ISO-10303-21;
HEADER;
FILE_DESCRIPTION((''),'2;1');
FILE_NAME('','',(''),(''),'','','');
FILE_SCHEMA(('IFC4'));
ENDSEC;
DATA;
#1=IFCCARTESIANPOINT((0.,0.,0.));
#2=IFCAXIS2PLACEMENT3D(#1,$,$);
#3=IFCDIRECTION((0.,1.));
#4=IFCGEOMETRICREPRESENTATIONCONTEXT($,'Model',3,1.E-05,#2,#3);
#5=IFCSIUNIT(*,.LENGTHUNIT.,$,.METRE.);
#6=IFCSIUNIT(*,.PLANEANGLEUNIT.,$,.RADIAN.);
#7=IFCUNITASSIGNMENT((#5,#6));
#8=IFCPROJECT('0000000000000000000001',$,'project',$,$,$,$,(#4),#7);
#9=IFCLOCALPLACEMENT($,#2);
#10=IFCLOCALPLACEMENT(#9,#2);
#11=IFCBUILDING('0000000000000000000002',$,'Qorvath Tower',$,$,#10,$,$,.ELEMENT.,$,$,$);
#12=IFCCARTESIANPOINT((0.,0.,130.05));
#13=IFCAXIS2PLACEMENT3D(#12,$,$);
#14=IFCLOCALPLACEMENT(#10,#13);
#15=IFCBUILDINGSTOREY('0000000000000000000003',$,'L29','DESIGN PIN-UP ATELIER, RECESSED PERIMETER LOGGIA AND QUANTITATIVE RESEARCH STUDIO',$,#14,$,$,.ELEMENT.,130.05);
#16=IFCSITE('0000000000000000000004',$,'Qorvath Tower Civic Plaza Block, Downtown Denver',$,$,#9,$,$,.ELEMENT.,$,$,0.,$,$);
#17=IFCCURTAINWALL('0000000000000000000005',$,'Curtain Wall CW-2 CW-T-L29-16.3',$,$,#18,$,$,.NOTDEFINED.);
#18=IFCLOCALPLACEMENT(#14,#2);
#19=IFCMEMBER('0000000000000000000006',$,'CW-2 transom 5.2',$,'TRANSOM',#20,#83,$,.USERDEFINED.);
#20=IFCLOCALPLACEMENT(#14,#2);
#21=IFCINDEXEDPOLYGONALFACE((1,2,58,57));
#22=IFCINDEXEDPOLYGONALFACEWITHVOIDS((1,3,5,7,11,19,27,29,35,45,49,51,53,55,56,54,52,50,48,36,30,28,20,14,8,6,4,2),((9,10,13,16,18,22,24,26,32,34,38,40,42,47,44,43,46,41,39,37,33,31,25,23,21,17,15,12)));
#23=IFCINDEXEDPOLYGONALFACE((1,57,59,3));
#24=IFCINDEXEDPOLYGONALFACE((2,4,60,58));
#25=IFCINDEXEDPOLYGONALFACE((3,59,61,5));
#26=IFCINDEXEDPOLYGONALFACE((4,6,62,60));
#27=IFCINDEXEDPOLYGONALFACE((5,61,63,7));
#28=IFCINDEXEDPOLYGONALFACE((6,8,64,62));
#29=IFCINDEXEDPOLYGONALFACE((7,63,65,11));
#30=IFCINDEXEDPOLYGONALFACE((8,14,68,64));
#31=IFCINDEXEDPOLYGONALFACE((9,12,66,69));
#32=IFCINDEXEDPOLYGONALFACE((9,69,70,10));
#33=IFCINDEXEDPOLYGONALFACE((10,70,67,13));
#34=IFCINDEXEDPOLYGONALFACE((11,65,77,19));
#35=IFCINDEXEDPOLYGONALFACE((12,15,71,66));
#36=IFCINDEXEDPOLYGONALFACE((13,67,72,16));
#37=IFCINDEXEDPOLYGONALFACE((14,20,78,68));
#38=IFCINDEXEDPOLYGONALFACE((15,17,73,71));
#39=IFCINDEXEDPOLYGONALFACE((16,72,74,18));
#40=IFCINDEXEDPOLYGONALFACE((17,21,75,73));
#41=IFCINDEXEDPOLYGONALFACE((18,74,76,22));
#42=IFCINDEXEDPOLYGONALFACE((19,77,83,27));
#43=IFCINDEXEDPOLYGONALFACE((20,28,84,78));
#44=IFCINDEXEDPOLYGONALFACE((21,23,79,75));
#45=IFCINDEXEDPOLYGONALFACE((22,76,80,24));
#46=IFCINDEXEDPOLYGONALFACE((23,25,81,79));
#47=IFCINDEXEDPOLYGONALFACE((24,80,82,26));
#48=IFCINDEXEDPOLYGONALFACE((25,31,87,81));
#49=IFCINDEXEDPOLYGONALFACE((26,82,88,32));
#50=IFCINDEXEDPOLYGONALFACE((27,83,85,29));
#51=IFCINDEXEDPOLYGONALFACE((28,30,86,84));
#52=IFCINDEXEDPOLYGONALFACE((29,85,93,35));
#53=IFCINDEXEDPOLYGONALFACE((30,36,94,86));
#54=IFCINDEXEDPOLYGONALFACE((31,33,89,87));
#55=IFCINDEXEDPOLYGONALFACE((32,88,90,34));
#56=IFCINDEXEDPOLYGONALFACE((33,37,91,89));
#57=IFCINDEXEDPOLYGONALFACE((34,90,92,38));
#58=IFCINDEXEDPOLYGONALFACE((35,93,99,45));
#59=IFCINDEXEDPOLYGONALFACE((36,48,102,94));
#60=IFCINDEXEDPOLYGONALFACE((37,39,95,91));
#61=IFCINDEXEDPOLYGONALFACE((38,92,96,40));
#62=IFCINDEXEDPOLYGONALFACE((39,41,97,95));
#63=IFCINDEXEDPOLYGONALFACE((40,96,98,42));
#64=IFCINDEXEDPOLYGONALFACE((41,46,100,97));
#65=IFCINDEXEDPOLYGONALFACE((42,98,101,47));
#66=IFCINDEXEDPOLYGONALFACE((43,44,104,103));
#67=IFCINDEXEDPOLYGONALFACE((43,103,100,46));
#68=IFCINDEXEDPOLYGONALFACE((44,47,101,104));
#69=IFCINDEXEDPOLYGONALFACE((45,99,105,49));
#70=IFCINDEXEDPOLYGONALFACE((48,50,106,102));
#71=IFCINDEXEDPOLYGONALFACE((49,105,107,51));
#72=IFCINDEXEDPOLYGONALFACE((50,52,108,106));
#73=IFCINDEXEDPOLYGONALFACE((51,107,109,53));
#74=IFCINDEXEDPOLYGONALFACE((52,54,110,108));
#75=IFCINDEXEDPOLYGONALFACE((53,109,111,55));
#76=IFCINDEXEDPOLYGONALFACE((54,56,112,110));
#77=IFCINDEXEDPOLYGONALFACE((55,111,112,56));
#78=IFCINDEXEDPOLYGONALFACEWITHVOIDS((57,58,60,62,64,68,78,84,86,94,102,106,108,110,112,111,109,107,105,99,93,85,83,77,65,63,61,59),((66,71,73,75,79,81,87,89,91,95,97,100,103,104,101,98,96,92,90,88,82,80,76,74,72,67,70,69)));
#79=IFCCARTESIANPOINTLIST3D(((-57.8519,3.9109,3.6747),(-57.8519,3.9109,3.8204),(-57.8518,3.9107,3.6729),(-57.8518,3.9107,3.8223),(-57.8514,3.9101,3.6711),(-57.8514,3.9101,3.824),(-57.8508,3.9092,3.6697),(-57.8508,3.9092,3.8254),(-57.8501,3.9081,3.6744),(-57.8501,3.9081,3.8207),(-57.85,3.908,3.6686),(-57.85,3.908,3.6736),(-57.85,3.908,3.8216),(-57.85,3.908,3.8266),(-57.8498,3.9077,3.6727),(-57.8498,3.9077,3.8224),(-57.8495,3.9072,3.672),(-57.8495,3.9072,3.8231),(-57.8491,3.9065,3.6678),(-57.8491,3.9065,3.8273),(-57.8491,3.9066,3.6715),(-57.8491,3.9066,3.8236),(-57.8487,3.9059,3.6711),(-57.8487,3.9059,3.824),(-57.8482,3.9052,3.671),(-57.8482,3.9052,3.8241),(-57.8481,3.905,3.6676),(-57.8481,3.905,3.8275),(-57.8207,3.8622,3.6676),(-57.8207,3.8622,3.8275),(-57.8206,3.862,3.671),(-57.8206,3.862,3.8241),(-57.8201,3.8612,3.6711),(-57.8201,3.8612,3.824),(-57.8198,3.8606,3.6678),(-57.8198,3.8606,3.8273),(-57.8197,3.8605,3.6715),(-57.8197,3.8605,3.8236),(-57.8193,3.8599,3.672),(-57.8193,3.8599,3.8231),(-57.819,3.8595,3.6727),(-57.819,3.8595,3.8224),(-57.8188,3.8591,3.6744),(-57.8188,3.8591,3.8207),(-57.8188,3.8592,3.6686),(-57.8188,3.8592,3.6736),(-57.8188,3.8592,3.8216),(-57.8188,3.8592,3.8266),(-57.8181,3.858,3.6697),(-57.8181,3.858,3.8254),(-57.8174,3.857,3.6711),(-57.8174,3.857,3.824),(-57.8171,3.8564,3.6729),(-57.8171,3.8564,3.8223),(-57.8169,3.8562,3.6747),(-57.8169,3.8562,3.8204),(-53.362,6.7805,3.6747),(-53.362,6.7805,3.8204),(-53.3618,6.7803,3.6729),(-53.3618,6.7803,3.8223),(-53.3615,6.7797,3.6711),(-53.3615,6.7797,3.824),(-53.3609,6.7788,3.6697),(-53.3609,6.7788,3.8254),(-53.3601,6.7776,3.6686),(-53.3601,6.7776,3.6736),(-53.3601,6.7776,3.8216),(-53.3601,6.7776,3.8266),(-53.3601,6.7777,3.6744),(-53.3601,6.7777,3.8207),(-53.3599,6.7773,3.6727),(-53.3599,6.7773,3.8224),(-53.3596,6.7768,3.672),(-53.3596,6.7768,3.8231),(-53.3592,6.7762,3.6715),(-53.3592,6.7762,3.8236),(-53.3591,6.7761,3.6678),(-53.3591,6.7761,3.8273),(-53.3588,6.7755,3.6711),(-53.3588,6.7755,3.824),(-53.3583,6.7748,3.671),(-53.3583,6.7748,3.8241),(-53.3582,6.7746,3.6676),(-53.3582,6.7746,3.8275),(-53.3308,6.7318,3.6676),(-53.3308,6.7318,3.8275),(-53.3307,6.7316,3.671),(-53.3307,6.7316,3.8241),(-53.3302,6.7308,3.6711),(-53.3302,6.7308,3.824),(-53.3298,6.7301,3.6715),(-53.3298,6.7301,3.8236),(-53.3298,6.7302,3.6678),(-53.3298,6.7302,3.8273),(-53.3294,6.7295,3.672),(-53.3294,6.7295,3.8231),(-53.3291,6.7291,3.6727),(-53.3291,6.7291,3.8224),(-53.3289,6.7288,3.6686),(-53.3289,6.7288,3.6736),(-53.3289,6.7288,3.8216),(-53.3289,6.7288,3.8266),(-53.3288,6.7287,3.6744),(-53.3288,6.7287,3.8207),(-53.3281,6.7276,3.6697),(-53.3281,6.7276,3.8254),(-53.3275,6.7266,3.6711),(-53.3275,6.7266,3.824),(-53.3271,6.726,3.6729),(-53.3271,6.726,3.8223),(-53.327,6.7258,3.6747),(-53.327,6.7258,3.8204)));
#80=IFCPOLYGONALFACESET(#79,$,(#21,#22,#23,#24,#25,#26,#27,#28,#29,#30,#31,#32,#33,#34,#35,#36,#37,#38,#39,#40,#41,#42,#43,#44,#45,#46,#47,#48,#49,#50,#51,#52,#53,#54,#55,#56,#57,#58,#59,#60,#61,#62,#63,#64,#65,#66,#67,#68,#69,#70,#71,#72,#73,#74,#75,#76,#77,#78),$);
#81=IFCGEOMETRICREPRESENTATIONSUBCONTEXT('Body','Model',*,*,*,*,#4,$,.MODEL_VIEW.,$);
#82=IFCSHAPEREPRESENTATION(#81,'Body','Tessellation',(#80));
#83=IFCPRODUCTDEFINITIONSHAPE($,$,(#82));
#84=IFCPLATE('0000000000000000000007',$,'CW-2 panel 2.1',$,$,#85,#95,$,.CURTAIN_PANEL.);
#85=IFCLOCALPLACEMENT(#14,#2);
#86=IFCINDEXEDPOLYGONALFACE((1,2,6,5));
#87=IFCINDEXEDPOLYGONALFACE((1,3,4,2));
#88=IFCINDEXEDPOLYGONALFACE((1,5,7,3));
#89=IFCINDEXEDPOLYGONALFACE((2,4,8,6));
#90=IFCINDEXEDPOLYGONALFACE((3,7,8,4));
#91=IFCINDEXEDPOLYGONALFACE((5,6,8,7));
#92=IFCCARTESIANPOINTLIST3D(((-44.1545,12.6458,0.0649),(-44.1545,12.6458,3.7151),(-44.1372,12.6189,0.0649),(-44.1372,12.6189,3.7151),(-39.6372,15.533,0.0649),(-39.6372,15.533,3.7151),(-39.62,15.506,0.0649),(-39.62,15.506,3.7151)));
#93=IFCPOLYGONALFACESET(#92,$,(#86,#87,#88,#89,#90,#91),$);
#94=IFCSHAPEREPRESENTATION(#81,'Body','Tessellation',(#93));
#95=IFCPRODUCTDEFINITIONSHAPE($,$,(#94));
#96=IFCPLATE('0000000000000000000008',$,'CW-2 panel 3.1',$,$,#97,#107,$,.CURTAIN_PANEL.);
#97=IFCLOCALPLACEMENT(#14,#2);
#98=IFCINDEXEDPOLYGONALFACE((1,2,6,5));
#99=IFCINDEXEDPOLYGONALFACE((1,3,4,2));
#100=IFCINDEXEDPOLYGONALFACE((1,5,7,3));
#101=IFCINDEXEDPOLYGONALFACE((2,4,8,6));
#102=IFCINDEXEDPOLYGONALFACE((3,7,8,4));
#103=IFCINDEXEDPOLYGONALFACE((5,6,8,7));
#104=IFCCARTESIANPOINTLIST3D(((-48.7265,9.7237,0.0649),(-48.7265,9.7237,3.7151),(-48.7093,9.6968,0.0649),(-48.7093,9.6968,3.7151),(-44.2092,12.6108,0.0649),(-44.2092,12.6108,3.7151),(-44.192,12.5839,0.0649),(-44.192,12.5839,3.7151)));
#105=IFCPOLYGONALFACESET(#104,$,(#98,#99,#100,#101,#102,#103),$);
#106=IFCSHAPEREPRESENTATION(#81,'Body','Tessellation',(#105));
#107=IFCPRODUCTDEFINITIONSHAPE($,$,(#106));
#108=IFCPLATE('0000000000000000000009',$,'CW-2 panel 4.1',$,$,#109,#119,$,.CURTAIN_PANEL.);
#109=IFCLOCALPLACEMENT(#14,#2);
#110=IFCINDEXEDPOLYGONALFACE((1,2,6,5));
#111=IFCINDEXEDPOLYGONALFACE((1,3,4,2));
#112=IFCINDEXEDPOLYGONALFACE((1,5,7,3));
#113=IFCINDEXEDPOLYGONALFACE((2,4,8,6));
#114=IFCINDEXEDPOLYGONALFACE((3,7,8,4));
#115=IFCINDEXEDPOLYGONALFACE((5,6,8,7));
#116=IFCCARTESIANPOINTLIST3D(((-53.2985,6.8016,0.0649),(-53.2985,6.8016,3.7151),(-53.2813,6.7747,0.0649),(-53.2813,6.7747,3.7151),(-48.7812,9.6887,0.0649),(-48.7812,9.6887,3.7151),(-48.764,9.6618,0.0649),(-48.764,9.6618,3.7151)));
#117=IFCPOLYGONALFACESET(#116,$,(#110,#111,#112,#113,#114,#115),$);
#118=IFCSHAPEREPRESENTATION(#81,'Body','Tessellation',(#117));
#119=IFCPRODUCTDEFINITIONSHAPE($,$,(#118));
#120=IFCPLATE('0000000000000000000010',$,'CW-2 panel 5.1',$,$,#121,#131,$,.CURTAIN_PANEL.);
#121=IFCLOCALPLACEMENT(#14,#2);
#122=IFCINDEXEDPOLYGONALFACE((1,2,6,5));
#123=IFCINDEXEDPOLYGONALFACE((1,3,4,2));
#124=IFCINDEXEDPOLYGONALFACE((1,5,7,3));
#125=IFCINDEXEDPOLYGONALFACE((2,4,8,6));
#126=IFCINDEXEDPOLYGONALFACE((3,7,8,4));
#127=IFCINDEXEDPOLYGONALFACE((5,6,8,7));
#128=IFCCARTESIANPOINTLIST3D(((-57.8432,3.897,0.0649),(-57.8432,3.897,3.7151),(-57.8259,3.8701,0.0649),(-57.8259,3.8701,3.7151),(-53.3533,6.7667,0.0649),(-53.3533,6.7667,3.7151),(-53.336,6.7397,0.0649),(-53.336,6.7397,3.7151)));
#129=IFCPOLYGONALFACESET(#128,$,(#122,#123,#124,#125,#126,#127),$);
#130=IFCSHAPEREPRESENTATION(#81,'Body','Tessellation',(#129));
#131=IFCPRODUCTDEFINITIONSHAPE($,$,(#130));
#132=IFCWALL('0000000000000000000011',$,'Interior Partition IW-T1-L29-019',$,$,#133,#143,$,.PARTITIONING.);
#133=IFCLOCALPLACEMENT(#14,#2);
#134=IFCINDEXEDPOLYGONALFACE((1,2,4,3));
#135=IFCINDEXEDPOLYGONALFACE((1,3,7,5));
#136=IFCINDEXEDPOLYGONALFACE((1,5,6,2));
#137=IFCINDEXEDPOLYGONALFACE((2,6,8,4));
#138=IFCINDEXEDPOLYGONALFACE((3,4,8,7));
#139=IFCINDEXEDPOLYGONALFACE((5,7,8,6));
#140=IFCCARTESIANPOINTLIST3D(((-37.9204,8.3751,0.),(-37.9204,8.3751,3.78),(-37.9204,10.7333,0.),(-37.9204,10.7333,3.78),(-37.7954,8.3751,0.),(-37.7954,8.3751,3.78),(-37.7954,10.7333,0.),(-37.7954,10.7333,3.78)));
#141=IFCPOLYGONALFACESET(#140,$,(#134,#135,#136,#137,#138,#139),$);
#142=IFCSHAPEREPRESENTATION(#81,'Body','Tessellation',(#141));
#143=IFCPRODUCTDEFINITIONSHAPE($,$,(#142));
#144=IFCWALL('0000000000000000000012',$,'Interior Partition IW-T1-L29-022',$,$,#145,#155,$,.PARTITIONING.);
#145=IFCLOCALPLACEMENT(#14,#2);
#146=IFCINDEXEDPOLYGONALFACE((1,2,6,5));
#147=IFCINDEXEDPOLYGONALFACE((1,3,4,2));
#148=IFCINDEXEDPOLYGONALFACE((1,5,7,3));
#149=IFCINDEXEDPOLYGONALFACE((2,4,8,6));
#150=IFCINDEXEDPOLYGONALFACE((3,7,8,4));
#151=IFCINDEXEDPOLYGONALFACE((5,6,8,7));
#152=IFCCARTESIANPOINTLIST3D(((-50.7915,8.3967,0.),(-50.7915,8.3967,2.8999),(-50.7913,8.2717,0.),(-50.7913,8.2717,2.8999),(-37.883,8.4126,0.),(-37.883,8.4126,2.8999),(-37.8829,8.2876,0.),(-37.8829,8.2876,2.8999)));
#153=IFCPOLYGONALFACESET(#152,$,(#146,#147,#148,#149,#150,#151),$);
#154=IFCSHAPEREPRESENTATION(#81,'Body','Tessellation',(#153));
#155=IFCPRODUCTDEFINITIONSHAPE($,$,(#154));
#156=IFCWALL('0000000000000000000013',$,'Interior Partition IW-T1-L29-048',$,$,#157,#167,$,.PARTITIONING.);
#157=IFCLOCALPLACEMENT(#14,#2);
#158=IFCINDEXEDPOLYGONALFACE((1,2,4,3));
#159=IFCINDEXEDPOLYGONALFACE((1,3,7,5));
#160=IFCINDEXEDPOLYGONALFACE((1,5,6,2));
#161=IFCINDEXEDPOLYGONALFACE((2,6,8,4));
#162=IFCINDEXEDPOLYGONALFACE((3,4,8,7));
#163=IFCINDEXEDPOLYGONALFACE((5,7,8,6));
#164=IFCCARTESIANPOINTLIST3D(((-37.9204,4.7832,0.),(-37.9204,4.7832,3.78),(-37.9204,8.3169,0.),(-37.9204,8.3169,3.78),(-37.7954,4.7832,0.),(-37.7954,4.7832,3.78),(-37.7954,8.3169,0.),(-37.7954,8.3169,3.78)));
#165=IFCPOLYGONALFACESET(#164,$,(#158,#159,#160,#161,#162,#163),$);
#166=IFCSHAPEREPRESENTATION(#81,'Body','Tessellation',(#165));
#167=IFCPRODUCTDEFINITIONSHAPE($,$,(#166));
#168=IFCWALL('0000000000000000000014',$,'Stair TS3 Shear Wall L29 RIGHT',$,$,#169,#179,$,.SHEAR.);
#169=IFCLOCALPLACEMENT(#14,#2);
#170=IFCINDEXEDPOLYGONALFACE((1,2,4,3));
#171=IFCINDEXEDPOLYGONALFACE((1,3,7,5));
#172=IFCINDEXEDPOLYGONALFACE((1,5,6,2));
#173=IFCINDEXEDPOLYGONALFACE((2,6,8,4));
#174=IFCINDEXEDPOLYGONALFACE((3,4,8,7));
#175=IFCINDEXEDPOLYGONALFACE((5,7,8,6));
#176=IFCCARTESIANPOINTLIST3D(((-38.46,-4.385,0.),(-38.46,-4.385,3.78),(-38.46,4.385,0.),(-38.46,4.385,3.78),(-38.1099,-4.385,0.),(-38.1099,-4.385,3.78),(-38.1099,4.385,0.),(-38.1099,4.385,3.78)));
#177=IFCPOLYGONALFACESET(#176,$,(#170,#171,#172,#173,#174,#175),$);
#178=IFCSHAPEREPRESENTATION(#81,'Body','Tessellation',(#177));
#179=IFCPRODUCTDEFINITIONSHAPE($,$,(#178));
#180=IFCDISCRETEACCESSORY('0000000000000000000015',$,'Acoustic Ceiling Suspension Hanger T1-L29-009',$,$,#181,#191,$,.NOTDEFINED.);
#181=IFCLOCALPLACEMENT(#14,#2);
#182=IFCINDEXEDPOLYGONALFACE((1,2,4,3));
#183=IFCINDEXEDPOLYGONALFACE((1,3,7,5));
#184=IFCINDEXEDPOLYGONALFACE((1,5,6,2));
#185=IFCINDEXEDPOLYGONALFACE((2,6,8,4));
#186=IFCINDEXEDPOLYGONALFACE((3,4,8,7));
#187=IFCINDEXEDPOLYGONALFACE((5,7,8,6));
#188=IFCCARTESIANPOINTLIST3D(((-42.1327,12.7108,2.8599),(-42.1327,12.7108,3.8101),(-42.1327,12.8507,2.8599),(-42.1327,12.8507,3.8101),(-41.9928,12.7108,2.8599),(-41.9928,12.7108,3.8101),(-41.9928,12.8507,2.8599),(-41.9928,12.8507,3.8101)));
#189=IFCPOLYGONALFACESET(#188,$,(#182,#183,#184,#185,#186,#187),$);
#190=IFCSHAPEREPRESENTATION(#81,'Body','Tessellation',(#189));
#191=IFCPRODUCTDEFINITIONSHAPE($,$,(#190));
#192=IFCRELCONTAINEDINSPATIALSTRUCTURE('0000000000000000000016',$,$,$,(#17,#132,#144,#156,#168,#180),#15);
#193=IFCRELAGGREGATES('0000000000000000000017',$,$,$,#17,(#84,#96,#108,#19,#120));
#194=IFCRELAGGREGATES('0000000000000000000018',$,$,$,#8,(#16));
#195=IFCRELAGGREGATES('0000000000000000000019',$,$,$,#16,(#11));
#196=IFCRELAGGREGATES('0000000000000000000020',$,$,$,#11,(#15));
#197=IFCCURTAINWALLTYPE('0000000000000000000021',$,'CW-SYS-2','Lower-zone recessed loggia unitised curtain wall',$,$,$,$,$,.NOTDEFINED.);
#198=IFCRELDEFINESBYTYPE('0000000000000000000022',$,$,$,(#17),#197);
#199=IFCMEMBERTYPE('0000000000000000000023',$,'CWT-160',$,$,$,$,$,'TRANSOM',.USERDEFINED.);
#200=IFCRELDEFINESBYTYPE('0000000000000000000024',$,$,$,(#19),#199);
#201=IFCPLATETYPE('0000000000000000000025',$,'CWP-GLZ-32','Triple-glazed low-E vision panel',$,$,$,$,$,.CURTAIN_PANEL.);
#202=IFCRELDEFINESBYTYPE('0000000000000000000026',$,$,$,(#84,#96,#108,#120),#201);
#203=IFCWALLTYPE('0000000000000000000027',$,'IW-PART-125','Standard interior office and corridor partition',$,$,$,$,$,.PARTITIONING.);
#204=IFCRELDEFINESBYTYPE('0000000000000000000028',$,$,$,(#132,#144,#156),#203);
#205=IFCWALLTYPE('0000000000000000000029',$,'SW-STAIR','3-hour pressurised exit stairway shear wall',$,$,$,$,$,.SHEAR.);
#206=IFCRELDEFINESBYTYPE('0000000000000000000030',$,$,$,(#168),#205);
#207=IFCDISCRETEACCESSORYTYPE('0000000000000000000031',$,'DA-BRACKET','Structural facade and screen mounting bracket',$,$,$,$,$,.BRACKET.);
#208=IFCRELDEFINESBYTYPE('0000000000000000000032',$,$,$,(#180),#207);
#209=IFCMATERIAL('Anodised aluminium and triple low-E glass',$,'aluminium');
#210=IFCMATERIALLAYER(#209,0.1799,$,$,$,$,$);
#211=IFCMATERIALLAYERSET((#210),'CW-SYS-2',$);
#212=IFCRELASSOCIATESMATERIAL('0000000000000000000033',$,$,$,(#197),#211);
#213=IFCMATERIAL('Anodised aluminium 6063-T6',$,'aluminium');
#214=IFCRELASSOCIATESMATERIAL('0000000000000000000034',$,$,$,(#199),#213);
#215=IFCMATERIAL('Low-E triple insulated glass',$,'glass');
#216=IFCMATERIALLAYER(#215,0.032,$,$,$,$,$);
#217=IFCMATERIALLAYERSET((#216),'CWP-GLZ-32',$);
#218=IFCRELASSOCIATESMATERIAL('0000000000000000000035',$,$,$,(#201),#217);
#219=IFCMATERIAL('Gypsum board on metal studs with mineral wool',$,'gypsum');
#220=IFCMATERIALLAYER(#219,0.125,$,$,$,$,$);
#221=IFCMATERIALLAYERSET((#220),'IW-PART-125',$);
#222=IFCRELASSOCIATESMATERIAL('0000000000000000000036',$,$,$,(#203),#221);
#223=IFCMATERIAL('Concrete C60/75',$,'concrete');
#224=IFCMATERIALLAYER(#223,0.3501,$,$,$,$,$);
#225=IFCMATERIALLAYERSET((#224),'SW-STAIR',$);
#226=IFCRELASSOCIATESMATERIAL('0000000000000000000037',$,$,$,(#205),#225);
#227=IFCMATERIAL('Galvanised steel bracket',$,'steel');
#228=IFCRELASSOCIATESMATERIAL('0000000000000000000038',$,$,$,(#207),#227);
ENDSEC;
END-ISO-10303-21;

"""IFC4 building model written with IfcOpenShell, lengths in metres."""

from ifc_helpers import new_model, si_unit, direction, frame, frame_2d, origin, origin_2d, place, context, subcontext, project, spatial, rectangle, hollow_rectangle, extrude, material, layer, layer_set, material_profile, profile_set, type_object, element, aggregate, save


model = new_model("IFC4")

# Units and contexts
model_context = context("Model", 3, precision=1e-05, world=origin(), true_north=direction((0.0, 1.0)))
body_context = subcontext(model_context, "Body", "Model", "MODEL_VIEW")
ifc_project = project(units=[si_unit("LENGTHUNIT", "METRE"), si_unit("PLANEANGLEUNIT", "RADIAN")], contexts=[model_context])

# Site, building, storey
site_placement = place(None, origin())
site = spatial("IfcSite", under=ifc_project, at=site_placement, Name="Qorvath Tower Civic Plaza Block, Downtown Denver", CompositionType="ELEMENT", RefElevation=0.0)
building_placement = place(site_placement, origin())
building = spatial("IfcBuilding", under=site, at=building_placement, Name="Qorvath Tower", CompositionType="ELEMENT")
storey_placement = place(building_placement, frame((0.0, 0.0, 130.05)))
storey = spatial("IfcBuildingStorey", under=building, at=storey_placement, Name="L29", Description="DESIGN PIN-UP ATELIER, RECESSED PERIMETER LOGGIA AND QUANTITATIVE RESEARCH STUDIO", CompositionType="ELEMENT", Elevation=130.05)

# Curtain wall, member, plates
ifc_material_1 = material(Name="Anodised aluminium and triple low-E glass", Category="aluminium")
ifc_layer_1 = layer(ifc_material_1, 0.1799)
ifc_layer_set_1 = layer_set([ifc_layer_1], Name="CW-SYS-2")
curtain_wall_type = type_object("IfcCurtainWallType", Name="CW-SYS-2", Description="Lower-zone recessed loggia unitised curtain wall", PredefinedType="NOTDEFINED", material=ifc_layer_set_1)
curtain_wall_placement = place(storey_placement, origin())
curtain_wall = element("IfcCurtainWall", 1, at=curtain_wall_placement, inside=storey, type_object=curtain_wall_type, Name="Curtain Wall CW-2 CW-T-L29-16.3", PredefinedType="NOTDEFINED")
ifc_material_2 = material(Name="Anodised aluminium 6063-T6", Category="aluminium")
ifc_material_profile_1 = material_profile(ifc_material_2, hollow_rectangle(XDim=0.0649, YDim=0.1599, WallThickness=0.0034, InnerFilletRadius=0.0034, OuterFilletRadius=0.0071, at=origin_2d()), Name="CWT 160x65")
ifc_profile_set_1 = profile_set([ifc_material_profile_1], Name="Anodised aluminium 6063-T6")
member_type_1 = type_object("IfcMemberType", Name="CWT-160", ElementType="TRANSOM", PredefinedType="USERDEFINED", material=ifc_profile_set_1)
member_1_placement = place(storey_placement, frame((-53.3445, 6.7532, 3.7476), z_axis=(-0.842609, -0.538526, 0.0), x_axis=(0.538526, -0.842609, 0.0)))
member_1 = element("IfcMember", 2, at=member_1_placement, type_object=member_type_1, Name="CW-2 transom 5.2", ObjectType="TRANSOM", PredefinedType="USERDEFINED", context=body_context, shape_type="SweptSolid", body=[
    extrude(hollow_rectangle(XDim=0.0649, YDim=0.1599, WallThickness=0.0034, InnerFilletRadius=0.0034, OuterFilletRadius=0.0071, at=origin_2d()), origin(), (0.0, 0.0, 1.0), 5.3286),
])
ifc_material_3 = material(Name="Low-E triple insulated glass", Category="glass")
ifc_layer_2 = layer(ifc_material_3, 0.032)
ifc_layer_set_2 = layer_set([ifc_layer_2], Name="CWP-GLZ-32")
plate_type = type_object("IfcPlateType", Name="CWP-GLZ-32", Description="Triple-glazed low-E vision panel", PredefinedType="CURTAIN_PANEL", material=ifc_layer_set_2)
plate_1_placement = place(storey_placement, frame((-41.8872, 14.0759, 0.0649), z_axis=(0.0, 0.0, 1.0), x_axis=(-0.842604, -0.538534, 0.0)))
plate_1 = element("IfcPlate", 3, at=plate_1_placement, type_object=plate_type, Name="CW-2 panel 2.1", PredefinedType="CURTAIN_PANEL", context=body_context, shape_type="SweptSolid", body=[
    extrude(rectangle(XDim=5.3611, YDim=0.032, at=origin_2d()), origin(), (0.0, 0.0, 1.0), 3.6501),
])
plate_2_placement = place(storey_placement, frame((-46.4592, 11.1538, 0.0649), z_axis=(0.0, 0.0, 1.0), x_axis=(-0.842604, -0.538534, 0.0)))
plate_2 = element("IfcPlate", 4, at=plate_2_placement, type_object=plate_type, Name="CW-2 panel 3.1", PredefinedType="CURTAIN_PANEL", context=body_context, shape_type="SweptSolid", body=[
    extrude(rectangle(XDim=5.3611, YDim=0.032, at=origin_2d()), origin(), (0.0, 0.0, 1.0), 3.6501),
])
plate_3_placement = place(storey_placement, frame((-51.0312, 8.2317, 0.0649), z_axis=(0.0, 0.0, 1.0), x_axis=(-0.842604, -0.538534, 0.0)))
plate_3 = element("IfcPlate", 5, at=plate_3_placement, type_object=plate_type, Name="CW-2 panel 4.1", PredefinedType="CURTAIN_PANEL", context=body_context, shape_type="SweptSolid", body=[
    extrude(rectangle(XDim=5.3611, YDim=0.032, at=origin_2d()), origin(), (0.0, 0.0, 1.0), 3.6501),
])
plate_4_placement = place(storey_placement, frame((-55.5896, 5.3184, 0.0649), z_axis=(0.0, 0.0, 1.0), x_axis=(-0.842604, -0.538534, 0.0)))
plate_4 = element("IfcPlate", 6, at=plate_4_placement, type_object=plate_type, Name="CW-2 panel 5.1", PredefinedType="CURTAIN_PANEL", context=body_context, shape_type="SweptSolid", body=[
    extrude(rectangle(XDim=5.3286, YDim=0.032, at=origin_2d()), origin(), (0.0, 0.0, 1.0), 3.6501),
])
aggregate(curtain_wall, [plate_1, plate_2, plate_3, member_1, plate_4])

# Walls
ifc_material_4 = material(Name="Gypsum board on metal studs with mineral wool", Category="gypsum")
ifc_layer_3 = layer(ifc_material_4, 0.125)
ifc_layer_set_3 = layer_set([ifc_layer_3], Name="IW-PART-125")
wall_type_1 = type_object("IfcWallType", Name="IW-PART-125", Description="Standard interior office and corridor partition", PredefinedType="PARTITIONING", material=ifc_layer_set_3)
wall_1_placement = place(storey_placement, frame((-37.8579, 8.375, 0.0), z_axis=(0.0, 0.0, 1.0), x_axis=(0.0, 1.0, 0.0)))
element("IfcWall", 7, at=wall_1_placement, inside=storey, type_object=wall_type_1, Name="Interior Partition IW-T1-L29-019", PredefinedType="PARTITIONING", context=body_context, shape_type="SweptSolid", body=[
    extrude(rectangle(XDim=2.3582, YDim=0.125, at=frame_2d((1.1792, 0.0))), origin(), (0.0, 0.0, 1.0), 3.78),
])
wall_2_placement = place(storey_placement, frame((-50.7913, 8.3342, 0.0), z_axis=(0.0, 0.0, 1.0), x_axis=(0.999999, 0.001229, 0.0)))
element("IfcWall", 8, at=wall_2_placement, inside=storey, type_object=wall_type_1, Name="Interior Partition IW-T1-L29-022", PredefinedType="PARTITIONING", context=body_context, shape_type="SweptSolid", body=[
    extrude(rectangle(XDim=12.9084, YDim=0.125, at=frame_2d((6.4541, 0.0))), origin(), (0.0, 0.0, 1.0), 2.8999),
])
wall_3_placement = place(storey_placement, frame((-37.8579, 4.7832, 0.0), z_axis=(0.0, 0.0, 1.0), x_axis=(0.0, 1.0, 0.0)))
element("IfcWall", 9, at=wall_3_placement, inside=storey, type_object=wall_type_1, Name="Interior Partition IW-T1-L29-048", PredefinedType="PARTITIONING", context=body_context, shape_type="SweptSolid", body=[
    extrude(rectangle(XDim=3.5337, YDim=0.125, at=frame_2d((1.7668, 0.0))), origin(), (0.0, 0.0, 1.0), 3.78),
])
ifc_material_5 = material(Name="Concrete C60/75", Category="concrete")
ifc_layer_4 = layer(ifc_material_5, 0.3501)
ifc_layer_set_4 = layer_set([ifc_layer_4], Name="SW-STAIR")
wall_type_2 = type_object("IfcWallType", Name="SW-STAIR", Description="3-hour pressurised exit stairway shear wall", PredefinedType="SHEAR", material=ifc_layer_set_4)
wall_4_placement = place(storey_placement, frame((-38.2849, 4.385, 0.0), z_axis=(0.0, 0.0, 1.0), x_axis=(0.0, -1.0, 0.0)))
element("IfcWall", 10, at=wall_4_placement, inside=storey, type_object=wall_type_2, Name="Stair TS3 Shear Wall L29 RIGHT", PredefinedType="SHEAR", context=body_context, shape_type="SweptSolid", body=[
    extrude(rectangle(XDim=8.77, YDim=0.3501, at=frame_2d((4.385, 0.0))), origin(), (0.0, 0.0, 1.0), 3.78),
])

# Discrete accessory
ifc_material_6 = material(Name="Galvanised steel bracket", Category="steel")
discrete_accessory_type = type_object("IfcDiscreteAccessoryType", Name="DA-BRACKET", Description="Structural facade and screen mounting bracket", PredefinedType="BRACKET", material=ifc_material_6)
for number, where, z_axis, x_axis, name in (
    (11, (-42.0627, 12.7808, 2.8599), (0.0, 0.0, 1.0), (1.0, 0.0, 0.0), "Acoustic Ceiling Suspension Hanger T1-L29-009"),
):
    element("IfcDiscreteAccessory", number, at=place(storey_placement, frame(where, z_axis=z_axis, x_axis=x_axis)), inside=storey, type_object=discrete_accessory_type, Name=name, PredefinedType="NOTDEFINED", context=body_context, shape_type="SweptSolid", body=[
        extrude(rectangle(XDim=0.1399, YDim=0.1399, at=origin_2d()), origin(), (0.0, 0.0, 1.0), 0.9502),
    ])

save(model, "model.ifc")
